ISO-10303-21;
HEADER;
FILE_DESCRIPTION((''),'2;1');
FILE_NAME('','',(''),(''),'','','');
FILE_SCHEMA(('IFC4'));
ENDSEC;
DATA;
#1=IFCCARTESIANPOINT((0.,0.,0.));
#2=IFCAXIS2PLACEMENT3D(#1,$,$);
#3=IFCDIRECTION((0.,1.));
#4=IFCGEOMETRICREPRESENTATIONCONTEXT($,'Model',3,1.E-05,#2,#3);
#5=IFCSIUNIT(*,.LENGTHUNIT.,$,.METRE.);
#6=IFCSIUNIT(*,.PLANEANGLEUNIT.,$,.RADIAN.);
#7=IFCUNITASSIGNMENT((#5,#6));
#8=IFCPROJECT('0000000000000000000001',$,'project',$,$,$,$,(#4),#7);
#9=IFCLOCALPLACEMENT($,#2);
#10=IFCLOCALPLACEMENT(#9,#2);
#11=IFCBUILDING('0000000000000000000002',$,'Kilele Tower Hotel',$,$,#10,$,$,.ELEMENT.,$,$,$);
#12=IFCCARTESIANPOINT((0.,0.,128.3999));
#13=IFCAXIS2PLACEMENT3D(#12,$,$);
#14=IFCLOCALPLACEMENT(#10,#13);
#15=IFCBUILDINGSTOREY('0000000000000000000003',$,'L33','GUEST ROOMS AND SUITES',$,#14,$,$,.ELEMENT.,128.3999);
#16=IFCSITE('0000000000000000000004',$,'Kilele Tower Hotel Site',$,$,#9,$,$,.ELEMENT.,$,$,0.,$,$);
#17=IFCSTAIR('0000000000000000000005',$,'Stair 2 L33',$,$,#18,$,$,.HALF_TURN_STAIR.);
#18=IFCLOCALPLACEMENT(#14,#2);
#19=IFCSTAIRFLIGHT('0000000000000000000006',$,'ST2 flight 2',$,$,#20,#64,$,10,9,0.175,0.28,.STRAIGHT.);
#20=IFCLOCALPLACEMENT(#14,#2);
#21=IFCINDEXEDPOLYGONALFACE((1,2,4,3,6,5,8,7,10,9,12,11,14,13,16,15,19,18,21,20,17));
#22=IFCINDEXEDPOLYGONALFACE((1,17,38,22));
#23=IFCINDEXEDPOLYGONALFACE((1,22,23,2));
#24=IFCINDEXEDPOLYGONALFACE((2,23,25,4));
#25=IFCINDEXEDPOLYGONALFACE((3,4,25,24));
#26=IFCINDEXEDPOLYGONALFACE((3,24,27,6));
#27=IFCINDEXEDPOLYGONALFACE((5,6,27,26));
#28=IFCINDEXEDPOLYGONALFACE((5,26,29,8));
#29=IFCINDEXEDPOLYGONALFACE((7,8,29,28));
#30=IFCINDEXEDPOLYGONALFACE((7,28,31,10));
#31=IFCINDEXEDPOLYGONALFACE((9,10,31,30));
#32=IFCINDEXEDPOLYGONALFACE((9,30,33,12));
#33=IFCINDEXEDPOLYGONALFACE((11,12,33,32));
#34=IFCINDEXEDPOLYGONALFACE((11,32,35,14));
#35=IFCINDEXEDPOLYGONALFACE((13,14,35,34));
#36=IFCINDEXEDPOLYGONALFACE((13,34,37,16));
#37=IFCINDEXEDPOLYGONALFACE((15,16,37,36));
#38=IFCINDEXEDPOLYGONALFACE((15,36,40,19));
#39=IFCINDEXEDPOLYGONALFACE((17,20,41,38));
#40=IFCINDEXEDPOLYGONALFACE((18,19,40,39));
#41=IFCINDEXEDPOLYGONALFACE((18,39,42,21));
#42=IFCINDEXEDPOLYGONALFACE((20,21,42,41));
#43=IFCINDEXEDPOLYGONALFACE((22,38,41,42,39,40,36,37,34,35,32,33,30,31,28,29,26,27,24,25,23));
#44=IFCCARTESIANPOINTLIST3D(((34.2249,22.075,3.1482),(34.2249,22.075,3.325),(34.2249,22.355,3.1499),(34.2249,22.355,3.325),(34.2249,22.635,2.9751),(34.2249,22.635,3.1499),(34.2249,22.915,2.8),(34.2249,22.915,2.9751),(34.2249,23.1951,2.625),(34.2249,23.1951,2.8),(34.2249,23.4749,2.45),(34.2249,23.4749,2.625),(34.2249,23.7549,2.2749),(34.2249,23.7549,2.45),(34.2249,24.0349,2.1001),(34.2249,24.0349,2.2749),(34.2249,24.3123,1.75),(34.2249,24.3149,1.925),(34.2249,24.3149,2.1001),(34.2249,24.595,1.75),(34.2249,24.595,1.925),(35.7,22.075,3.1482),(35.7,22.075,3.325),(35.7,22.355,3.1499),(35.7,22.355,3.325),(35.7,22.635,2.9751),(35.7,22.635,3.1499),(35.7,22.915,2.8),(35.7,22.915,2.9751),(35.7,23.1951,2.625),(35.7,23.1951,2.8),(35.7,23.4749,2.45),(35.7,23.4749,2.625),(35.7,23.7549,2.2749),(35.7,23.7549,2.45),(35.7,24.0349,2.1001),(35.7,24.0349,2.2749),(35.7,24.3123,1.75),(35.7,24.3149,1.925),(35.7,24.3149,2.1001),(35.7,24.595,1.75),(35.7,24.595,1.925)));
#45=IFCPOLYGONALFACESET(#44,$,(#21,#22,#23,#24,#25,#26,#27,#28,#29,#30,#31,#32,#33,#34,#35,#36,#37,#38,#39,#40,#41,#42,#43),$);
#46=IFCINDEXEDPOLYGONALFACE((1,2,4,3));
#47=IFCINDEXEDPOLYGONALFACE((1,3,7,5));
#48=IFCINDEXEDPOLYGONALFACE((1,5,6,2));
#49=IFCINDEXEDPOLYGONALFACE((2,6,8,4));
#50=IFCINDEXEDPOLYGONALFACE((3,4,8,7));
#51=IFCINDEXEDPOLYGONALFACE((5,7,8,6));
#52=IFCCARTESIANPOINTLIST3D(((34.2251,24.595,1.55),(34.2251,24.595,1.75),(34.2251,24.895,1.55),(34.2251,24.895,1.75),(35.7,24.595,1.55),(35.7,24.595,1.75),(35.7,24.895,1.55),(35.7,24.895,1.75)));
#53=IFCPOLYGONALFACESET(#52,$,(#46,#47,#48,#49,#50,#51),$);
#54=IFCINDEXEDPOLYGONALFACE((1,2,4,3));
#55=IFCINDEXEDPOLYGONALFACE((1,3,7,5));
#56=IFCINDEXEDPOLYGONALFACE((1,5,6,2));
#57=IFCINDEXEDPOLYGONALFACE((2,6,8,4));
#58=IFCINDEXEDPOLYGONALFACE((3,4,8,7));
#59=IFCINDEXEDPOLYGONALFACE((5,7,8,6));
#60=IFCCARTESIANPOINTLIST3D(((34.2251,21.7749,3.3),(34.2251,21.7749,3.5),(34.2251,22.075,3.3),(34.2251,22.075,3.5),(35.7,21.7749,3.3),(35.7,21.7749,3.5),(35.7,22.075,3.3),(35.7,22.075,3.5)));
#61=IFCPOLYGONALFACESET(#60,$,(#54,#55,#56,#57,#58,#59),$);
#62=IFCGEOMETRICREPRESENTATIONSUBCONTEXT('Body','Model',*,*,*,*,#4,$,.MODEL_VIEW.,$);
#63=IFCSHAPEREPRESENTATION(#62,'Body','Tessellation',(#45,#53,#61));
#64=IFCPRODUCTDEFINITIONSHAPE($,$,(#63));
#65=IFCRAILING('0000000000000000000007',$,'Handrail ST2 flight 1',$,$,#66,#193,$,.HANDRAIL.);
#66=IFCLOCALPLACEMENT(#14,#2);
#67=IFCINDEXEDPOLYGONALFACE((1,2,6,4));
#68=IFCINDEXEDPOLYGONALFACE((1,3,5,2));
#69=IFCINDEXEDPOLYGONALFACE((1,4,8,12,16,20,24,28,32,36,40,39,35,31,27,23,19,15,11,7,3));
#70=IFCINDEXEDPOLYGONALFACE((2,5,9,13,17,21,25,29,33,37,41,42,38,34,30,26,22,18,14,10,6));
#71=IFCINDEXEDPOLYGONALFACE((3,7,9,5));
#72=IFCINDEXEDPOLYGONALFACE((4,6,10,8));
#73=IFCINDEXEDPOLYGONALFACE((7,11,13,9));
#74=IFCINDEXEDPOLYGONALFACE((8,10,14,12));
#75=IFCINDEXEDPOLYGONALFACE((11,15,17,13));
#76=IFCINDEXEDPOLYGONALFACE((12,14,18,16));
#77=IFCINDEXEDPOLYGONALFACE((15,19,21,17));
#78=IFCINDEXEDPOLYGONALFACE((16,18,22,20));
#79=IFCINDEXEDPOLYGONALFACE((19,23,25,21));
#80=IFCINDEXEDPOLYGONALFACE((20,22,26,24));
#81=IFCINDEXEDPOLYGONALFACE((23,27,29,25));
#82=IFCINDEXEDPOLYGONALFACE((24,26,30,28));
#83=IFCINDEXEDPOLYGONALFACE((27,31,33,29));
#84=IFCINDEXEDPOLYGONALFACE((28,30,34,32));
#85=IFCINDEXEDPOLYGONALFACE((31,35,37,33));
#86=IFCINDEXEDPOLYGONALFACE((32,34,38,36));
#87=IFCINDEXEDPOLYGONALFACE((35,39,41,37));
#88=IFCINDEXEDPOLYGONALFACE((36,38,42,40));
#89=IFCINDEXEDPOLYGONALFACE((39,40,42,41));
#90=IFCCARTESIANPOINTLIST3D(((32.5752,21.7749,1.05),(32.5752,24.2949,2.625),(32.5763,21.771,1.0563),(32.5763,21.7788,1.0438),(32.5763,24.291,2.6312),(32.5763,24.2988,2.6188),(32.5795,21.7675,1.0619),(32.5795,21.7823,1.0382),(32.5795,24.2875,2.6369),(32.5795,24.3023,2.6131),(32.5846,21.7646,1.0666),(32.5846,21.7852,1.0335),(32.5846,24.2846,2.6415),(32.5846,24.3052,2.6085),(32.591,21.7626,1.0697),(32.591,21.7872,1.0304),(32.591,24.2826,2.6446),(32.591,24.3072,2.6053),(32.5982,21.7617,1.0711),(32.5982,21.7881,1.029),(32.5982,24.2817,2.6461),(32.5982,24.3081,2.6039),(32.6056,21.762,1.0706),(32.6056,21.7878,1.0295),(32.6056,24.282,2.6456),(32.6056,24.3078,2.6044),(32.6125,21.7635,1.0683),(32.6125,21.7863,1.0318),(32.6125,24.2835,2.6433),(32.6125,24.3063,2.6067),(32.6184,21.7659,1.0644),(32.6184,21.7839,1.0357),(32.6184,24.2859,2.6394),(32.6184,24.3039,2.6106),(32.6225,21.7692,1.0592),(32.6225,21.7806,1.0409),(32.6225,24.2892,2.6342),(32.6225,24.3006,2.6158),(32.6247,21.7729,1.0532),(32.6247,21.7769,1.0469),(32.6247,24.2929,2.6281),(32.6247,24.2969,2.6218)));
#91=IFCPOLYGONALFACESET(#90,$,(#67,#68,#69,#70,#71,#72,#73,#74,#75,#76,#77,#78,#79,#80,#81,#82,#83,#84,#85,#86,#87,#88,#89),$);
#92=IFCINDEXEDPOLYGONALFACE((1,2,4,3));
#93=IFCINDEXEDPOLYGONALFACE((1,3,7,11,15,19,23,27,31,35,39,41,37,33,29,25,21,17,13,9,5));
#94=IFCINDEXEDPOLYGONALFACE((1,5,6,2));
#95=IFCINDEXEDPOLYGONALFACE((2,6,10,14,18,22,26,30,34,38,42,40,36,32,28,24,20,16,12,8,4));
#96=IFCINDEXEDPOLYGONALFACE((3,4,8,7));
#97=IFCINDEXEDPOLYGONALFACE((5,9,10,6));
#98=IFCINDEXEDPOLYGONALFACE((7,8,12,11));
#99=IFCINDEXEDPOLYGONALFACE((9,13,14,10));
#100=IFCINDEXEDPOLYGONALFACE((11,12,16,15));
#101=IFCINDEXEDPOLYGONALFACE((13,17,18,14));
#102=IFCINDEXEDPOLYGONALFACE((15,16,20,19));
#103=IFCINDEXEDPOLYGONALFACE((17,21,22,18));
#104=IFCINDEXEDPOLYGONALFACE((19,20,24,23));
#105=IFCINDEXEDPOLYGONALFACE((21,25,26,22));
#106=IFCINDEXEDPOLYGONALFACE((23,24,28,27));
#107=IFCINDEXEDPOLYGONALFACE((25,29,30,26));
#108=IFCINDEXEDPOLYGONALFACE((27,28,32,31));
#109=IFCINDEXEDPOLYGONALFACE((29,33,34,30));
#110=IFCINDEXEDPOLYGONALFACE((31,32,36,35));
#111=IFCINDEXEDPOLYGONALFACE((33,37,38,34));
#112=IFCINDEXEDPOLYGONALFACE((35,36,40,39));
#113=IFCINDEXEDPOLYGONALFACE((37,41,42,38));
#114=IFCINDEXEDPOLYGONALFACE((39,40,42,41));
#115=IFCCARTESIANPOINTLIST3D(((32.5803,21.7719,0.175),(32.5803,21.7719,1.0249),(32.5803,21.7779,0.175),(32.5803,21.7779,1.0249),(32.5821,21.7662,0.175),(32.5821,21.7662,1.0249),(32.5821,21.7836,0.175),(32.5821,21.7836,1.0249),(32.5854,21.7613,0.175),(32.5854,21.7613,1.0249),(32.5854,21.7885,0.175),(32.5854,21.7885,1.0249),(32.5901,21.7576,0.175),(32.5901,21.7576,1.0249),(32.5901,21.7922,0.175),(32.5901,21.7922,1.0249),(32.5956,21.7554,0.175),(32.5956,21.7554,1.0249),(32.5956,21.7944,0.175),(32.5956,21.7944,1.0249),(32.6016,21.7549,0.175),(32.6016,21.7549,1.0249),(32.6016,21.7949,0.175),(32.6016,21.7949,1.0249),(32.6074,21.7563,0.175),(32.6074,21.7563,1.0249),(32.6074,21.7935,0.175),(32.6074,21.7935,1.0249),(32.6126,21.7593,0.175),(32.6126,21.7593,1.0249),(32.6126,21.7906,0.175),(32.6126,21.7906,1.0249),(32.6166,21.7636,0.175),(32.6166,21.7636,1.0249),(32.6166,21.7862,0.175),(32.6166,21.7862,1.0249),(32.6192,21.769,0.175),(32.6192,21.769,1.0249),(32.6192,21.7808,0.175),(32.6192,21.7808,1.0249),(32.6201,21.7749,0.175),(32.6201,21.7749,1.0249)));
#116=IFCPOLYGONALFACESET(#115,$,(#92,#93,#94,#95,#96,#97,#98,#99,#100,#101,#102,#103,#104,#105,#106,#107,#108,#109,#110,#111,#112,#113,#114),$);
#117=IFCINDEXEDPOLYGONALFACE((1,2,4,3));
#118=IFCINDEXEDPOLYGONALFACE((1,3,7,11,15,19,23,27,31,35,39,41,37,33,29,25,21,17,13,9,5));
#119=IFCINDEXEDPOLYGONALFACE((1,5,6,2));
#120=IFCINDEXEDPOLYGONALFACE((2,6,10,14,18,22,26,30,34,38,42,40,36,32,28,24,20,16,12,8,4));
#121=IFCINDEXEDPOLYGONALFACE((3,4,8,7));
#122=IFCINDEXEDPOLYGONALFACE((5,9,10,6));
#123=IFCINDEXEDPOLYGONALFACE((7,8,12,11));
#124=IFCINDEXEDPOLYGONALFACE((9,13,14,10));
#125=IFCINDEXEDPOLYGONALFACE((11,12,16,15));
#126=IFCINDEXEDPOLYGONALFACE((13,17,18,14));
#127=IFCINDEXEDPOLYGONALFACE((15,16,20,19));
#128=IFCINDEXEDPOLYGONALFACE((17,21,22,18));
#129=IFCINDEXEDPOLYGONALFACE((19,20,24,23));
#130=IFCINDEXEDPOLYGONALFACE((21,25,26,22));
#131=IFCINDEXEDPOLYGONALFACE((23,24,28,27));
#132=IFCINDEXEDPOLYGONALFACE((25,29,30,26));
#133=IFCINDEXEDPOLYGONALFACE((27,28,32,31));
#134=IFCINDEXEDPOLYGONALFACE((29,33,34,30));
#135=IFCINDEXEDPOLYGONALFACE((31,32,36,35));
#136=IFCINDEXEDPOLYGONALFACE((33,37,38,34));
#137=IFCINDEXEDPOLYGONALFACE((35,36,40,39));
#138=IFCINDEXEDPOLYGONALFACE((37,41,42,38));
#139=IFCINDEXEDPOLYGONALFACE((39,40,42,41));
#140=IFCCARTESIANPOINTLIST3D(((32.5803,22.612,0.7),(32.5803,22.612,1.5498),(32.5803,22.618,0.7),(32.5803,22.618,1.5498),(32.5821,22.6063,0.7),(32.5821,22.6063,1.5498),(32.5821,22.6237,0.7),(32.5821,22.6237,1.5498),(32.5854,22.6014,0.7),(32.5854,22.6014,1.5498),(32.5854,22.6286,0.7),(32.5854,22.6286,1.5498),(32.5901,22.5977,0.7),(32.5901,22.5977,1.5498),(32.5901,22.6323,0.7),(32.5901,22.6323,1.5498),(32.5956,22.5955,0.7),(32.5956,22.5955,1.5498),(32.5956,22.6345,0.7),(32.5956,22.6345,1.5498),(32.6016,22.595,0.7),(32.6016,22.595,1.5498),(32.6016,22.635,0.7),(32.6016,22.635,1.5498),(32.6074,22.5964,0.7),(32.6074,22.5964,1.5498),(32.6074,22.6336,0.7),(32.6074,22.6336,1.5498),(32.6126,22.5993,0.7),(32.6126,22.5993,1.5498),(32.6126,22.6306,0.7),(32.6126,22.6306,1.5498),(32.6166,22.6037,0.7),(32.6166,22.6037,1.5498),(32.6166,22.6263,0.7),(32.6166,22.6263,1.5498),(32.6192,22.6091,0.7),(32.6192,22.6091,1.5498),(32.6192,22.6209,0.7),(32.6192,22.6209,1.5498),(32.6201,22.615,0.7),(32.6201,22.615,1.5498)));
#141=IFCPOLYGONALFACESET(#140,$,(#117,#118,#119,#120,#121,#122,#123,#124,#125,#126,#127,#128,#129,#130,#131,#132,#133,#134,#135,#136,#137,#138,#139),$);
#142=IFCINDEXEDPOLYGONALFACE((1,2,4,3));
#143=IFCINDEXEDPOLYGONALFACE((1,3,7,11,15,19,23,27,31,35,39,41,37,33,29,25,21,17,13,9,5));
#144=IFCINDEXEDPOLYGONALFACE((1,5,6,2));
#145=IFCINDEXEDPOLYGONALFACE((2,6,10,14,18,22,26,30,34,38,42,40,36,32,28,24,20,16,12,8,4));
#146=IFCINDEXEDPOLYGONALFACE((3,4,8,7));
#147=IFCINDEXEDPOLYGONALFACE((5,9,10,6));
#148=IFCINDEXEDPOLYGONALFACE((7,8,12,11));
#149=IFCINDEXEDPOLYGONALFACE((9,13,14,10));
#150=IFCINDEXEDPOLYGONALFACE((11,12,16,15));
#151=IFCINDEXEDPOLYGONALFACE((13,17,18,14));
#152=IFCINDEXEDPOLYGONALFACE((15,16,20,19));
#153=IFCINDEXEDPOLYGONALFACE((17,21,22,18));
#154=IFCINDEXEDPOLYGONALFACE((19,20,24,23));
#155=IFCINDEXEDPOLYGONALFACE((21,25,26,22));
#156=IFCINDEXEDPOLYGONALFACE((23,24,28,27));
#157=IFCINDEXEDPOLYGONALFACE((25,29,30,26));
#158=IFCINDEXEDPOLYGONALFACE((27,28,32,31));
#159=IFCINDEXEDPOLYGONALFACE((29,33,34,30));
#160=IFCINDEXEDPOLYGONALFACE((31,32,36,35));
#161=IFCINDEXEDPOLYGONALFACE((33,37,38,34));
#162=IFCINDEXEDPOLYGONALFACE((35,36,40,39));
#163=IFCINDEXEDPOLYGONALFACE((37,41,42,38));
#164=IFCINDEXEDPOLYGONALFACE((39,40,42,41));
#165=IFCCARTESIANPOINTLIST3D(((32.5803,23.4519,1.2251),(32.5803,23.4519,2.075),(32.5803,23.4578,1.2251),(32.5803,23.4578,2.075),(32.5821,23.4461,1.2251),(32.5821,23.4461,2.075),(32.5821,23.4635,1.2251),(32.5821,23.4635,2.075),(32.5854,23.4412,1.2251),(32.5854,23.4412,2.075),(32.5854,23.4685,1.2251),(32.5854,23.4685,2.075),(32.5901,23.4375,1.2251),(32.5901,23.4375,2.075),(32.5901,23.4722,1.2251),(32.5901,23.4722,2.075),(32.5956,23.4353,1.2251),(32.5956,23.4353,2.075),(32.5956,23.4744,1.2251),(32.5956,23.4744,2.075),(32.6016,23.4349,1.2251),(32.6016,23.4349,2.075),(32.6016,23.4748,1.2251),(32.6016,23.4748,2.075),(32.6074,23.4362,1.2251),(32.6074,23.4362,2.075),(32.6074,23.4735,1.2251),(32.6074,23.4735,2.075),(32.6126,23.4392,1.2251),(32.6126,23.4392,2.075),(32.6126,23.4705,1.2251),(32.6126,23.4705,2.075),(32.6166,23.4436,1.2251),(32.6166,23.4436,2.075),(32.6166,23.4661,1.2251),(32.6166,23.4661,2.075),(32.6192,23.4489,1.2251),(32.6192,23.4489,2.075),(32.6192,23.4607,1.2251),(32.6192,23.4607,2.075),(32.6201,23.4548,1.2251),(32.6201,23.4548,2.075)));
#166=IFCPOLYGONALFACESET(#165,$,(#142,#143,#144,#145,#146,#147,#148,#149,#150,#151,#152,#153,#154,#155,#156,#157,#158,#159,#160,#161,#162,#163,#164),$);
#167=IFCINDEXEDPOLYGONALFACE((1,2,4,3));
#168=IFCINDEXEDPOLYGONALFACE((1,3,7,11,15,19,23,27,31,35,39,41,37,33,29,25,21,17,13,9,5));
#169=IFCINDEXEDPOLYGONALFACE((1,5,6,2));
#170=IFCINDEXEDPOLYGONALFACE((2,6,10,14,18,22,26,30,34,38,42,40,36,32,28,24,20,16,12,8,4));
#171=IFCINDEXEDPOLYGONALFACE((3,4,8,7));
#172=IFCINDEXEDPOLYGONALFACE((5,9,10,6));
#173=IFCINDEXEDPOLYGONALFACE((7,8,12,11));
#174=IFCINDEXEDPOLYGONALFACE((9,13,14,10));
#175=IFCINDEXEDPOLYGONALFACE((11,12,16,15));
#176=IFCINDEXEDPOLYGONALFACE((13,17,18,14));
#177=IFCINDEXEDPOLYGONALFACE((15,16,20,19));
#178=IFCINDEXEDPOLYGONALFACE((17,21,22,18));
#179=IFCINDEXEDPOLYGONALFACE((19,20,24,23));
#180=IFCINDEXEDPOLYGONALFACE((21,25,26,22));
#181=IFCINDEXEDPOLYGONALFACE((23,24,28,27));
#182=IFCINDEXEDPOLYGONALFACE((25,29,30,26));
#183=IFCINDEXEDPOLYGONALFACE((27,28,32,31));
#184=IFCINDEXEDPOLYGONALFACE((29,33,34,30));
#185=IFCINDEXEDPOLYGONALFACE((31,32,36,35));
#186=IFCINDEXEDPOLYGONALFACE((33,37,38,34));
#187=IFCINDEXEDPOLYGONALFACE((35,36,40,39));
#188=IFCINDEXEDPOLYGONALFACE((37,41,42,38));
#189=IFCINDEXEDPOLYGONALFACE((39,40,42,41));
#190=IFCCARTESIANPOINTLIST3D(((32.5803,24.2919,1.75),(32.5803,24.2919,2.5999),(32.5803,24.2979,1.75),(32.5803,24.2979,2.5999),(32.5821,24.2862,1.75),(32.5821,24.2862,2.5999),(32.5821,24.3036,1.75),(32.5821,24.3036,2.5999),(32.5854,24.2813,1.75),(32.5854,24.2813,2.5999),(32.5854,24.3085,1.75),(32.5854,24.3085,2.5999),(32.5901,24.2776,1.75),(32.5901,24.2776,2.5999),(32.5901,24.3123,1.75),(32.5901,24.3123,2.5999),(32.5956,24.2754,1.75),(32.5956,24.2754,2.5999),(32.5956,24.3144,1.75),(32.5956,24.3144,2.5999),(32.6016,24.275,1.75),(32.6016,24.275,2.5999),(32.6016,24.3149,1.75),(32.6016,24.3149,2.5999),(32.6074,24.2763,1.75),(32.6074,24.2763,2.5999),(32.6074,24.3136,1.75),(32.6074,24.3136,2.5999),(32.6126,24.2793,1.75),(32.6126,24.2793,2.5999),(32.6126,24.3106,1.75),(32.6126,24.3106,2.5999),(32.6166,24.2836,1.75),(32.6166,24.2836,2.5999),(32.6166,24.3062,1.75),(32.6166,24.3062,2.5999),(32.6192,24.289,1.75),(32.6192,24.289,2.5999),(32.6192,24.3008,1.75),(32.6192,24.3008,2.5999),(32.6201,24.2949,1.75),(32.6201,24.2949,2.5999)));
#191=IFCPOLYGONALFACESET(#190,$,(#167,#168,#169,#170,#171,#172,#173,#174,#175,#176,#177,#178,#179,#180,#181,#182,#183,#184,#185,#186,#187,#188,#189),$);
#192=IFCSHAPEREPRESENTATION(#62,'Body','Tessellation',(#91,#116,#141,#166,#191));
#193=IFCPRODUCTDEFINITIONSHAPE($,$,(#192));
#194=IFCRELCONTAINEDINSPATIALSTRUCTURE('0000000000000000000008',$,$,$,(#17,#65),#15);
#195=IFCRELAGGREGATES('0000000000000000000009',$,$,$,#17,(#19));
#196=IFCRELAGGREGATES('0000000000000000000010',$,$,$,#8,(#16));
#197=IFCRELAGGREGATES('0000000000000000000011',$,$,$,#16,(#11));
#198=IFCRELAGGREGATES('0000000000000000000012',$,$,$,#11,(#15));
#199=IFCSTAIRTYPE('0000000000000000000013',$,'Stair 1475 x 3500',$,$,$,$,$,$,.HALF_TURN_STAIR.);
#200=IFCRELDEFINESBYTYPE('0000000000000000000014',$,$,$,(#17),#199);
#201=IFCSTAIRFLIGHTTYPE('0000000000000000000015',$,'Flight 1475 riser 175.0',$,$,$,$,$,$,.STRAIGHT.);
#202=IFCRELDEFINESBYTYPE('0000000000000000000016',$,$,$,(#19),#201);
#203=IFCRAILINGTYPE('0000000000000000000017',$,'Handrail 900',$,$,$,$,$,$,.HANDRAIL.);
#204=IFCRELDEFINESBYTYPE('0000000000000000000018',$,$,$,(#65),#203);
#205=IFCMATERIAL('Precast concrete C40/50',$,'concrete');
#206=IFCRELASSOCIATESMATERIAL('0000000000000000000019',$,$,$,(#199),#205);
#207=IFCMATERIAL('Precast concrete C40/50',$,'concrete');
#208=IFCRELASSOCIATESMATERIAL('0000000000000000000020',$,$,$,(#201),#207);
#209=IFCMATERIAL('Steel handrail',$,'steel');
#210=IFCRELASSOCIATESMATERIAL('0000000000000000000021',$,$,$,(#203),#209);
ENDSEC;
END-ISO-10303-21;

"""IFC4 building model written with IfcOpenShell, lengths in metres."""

from ifc_helpers import new_model, si_unit, direction, frame, origin, origin_2d, place, context, subcontext, project, spatial, polyline, circle, outline, extrude, material, type_object, element, aggregate, save


model = new_model("IFC4")

# Units and contexts
model_context = context("Model", 3, precision=1e-05, world=origin(), true_north=direction((0.0, 1.0)))
body_context = subcontext(model_context, "Body", "Model", "MODEL_VIEW")
ifc_project = project(units=[si_unit("LENGTHUNIT", "METRE"), si_unit("PLANEANGLEUNIT", "RADIAN")], contexts=[model_context])

# Site, building, storey
site_placement = place(None, origin())
site = spatial("IfcSite", under=ifc_project, at=site_placement, Name="Kilele Tower Hotel Site", CompositionType="ELEMENT", RefElevation=0.0)
building_placement = place(site_placement, origin())
building = spatial("IfcBuilding", under=site, at=building_placement, Name="Kilele Tower Hotel", CompositionType="ELEMENT")
storey_placement = place(building_placement, frame((0.0, 0.0, 128.3999)))
storey = spatial("IfcBuildingStorey", under=building, at=storey_placement, Name="L33", Description="GUEST ROOMS AND SUITES", CompositionType="ELEMENT", Elevation=128.3999)

# Stair, stair flight
ifc_material_1 = material(Name="Precast concrete C40/50", Category="concrete")
stair_type = type_object("IfcStairType", Name="Stair 1475 x 3500", PredefinedType="HALF_TURN_STAIR", material=ifc_material_1)
stair_placement = place(storey_placement, origin())
stair = element("IfcStair", 1, at=stair_placement, inside=storey, type_object=stair_type, Name="Stair 2 L33", PredefinedType="HALF_TURN_STAIR")
ifc_material_2 = material(Name="Precast concrete C40/50", Category="concrete")
stair_flight_type = type_object("IfcStairFlightType", Name="Flight 1475 riser 175.0", PredefinedType="STRAIGHT", material=ifc_material_2)
stair_flight_1_placement = place(storey_placement, frame((34.9624, 24.595, 1.75), z_axis=(0.0, 0.0, 1.0), x_axis=(0.0, -1.0, 0.0)))
stair_flight_1 = element("IfcStairFlight", 2, at=stair_flight_1_placement, type_object=stair_flight_type, Name="ST2 flight 2", NumberOfRisers=10, NumberOfTreads=9, PredefinedType="STRAIGHT", RiserHeight=0.175, TreadLength=0.28, context=body_context, shape_type="SweptSolid", body=[
    extrude(outline(polyline([(0.0, 0.0), (0.0, 0.175), (0.28, 0.175), (0.28, 0.3501), (0.5601, 0.3501), (0.5601, 0.5249), (0.8401, 0.5249), (0.8401, 0.7), (1.1201, 0.7), (1.1201, 0.875), (1.3999, 0.875), (1.3999, 1.05), (1.6799, 1.05), (1.6799, 1.2251), (1.96, 1.2251), (1.96, 1.3999), (2.24, 1.3999), (2.24, 1.575), (2.52, 1.575), (2.52, 1.75), (2.52, 1.3982), (0.2827, 0.0), (0.0, 0.0)])), frame((0.0, 0.7375, 0.0), z_axis=(0.0, -1.0, 0.0), x_axis=(1.0, 0.0, 0.0)), (0.0, 0.0, 1.0), 1.4751),
    extrude(outline(polyline([(0.0, -0.7373), (0.0, 0.7375), (-0.3, 0.7375), (-0.3, -0.7373), (0.0, -0.7373)])), frame((0.0, 0.0, -0.2)), (0.0, 0.0, 1.0), 0.2),
    extrude(outline(polyline([(2.8201, -0.7373), (2.8201, 0.7375), (2.52, 0.7375), (2.52, -0.7373), (2.8201, -0.7373)])), frame((0.0, 0.0, 1.55)), (0.0, 0.0, 1.0), 0.2),
])
aggregate(stair, [stair_flight_1])

# Railing
ifc_material_3 = material(Name="Steel handrail", Category="steel")
railing_type_1 = type_object("IfcRailingType", Name="Handrail 900", PredefinedType="HANDRAIL", material=ifc_material_3)
for number, where, name in (
    (3, (32.6001, 21.7749, 0.175), "Handrail ST2 flight 1"),
):
    element("IfcRailing", number, at=place(storey_placement, frame(where)), inside=storey, type_object=railing_type_1, Name=name, PredefinedType="HANDRAIL", context=body_context, shape_type="SweptSolid", body=[
        extrude(circle(Radius=0.0249, at=origin_2d()), frame((0.0, 0.0, 0.875), z_axis=(0.0, 0.848008, 0.529984), x_axis=(-1.0, 0.0, 0.0)), (0.0, 0.0, 1.0), 2.9717),
        extrude(circle(Radius=0.02, at=origin_2d()), origin(), (0.0, 0.0, 1.0), 0.8499),
        extrude(circle(Radius=0.02, at=origin_2d()), frame((0.0, 0.8401, 0.5249)), (0.0, 0.0, 1.0), 0.8499),
        extrude(circle(Radius=0.02, at=origin_2d()), frame((0.0, 1.6799, 1.05)), (0.0, 0.0, 1.0), 0.8499),
        extrude(circle(Radius=0.02, at=origin_2d()), frame((0.0, 2.52, 1.575)), (0.0, 0.0, 1.0), 0.8499),
    ])

save(model, "model.ifc")
